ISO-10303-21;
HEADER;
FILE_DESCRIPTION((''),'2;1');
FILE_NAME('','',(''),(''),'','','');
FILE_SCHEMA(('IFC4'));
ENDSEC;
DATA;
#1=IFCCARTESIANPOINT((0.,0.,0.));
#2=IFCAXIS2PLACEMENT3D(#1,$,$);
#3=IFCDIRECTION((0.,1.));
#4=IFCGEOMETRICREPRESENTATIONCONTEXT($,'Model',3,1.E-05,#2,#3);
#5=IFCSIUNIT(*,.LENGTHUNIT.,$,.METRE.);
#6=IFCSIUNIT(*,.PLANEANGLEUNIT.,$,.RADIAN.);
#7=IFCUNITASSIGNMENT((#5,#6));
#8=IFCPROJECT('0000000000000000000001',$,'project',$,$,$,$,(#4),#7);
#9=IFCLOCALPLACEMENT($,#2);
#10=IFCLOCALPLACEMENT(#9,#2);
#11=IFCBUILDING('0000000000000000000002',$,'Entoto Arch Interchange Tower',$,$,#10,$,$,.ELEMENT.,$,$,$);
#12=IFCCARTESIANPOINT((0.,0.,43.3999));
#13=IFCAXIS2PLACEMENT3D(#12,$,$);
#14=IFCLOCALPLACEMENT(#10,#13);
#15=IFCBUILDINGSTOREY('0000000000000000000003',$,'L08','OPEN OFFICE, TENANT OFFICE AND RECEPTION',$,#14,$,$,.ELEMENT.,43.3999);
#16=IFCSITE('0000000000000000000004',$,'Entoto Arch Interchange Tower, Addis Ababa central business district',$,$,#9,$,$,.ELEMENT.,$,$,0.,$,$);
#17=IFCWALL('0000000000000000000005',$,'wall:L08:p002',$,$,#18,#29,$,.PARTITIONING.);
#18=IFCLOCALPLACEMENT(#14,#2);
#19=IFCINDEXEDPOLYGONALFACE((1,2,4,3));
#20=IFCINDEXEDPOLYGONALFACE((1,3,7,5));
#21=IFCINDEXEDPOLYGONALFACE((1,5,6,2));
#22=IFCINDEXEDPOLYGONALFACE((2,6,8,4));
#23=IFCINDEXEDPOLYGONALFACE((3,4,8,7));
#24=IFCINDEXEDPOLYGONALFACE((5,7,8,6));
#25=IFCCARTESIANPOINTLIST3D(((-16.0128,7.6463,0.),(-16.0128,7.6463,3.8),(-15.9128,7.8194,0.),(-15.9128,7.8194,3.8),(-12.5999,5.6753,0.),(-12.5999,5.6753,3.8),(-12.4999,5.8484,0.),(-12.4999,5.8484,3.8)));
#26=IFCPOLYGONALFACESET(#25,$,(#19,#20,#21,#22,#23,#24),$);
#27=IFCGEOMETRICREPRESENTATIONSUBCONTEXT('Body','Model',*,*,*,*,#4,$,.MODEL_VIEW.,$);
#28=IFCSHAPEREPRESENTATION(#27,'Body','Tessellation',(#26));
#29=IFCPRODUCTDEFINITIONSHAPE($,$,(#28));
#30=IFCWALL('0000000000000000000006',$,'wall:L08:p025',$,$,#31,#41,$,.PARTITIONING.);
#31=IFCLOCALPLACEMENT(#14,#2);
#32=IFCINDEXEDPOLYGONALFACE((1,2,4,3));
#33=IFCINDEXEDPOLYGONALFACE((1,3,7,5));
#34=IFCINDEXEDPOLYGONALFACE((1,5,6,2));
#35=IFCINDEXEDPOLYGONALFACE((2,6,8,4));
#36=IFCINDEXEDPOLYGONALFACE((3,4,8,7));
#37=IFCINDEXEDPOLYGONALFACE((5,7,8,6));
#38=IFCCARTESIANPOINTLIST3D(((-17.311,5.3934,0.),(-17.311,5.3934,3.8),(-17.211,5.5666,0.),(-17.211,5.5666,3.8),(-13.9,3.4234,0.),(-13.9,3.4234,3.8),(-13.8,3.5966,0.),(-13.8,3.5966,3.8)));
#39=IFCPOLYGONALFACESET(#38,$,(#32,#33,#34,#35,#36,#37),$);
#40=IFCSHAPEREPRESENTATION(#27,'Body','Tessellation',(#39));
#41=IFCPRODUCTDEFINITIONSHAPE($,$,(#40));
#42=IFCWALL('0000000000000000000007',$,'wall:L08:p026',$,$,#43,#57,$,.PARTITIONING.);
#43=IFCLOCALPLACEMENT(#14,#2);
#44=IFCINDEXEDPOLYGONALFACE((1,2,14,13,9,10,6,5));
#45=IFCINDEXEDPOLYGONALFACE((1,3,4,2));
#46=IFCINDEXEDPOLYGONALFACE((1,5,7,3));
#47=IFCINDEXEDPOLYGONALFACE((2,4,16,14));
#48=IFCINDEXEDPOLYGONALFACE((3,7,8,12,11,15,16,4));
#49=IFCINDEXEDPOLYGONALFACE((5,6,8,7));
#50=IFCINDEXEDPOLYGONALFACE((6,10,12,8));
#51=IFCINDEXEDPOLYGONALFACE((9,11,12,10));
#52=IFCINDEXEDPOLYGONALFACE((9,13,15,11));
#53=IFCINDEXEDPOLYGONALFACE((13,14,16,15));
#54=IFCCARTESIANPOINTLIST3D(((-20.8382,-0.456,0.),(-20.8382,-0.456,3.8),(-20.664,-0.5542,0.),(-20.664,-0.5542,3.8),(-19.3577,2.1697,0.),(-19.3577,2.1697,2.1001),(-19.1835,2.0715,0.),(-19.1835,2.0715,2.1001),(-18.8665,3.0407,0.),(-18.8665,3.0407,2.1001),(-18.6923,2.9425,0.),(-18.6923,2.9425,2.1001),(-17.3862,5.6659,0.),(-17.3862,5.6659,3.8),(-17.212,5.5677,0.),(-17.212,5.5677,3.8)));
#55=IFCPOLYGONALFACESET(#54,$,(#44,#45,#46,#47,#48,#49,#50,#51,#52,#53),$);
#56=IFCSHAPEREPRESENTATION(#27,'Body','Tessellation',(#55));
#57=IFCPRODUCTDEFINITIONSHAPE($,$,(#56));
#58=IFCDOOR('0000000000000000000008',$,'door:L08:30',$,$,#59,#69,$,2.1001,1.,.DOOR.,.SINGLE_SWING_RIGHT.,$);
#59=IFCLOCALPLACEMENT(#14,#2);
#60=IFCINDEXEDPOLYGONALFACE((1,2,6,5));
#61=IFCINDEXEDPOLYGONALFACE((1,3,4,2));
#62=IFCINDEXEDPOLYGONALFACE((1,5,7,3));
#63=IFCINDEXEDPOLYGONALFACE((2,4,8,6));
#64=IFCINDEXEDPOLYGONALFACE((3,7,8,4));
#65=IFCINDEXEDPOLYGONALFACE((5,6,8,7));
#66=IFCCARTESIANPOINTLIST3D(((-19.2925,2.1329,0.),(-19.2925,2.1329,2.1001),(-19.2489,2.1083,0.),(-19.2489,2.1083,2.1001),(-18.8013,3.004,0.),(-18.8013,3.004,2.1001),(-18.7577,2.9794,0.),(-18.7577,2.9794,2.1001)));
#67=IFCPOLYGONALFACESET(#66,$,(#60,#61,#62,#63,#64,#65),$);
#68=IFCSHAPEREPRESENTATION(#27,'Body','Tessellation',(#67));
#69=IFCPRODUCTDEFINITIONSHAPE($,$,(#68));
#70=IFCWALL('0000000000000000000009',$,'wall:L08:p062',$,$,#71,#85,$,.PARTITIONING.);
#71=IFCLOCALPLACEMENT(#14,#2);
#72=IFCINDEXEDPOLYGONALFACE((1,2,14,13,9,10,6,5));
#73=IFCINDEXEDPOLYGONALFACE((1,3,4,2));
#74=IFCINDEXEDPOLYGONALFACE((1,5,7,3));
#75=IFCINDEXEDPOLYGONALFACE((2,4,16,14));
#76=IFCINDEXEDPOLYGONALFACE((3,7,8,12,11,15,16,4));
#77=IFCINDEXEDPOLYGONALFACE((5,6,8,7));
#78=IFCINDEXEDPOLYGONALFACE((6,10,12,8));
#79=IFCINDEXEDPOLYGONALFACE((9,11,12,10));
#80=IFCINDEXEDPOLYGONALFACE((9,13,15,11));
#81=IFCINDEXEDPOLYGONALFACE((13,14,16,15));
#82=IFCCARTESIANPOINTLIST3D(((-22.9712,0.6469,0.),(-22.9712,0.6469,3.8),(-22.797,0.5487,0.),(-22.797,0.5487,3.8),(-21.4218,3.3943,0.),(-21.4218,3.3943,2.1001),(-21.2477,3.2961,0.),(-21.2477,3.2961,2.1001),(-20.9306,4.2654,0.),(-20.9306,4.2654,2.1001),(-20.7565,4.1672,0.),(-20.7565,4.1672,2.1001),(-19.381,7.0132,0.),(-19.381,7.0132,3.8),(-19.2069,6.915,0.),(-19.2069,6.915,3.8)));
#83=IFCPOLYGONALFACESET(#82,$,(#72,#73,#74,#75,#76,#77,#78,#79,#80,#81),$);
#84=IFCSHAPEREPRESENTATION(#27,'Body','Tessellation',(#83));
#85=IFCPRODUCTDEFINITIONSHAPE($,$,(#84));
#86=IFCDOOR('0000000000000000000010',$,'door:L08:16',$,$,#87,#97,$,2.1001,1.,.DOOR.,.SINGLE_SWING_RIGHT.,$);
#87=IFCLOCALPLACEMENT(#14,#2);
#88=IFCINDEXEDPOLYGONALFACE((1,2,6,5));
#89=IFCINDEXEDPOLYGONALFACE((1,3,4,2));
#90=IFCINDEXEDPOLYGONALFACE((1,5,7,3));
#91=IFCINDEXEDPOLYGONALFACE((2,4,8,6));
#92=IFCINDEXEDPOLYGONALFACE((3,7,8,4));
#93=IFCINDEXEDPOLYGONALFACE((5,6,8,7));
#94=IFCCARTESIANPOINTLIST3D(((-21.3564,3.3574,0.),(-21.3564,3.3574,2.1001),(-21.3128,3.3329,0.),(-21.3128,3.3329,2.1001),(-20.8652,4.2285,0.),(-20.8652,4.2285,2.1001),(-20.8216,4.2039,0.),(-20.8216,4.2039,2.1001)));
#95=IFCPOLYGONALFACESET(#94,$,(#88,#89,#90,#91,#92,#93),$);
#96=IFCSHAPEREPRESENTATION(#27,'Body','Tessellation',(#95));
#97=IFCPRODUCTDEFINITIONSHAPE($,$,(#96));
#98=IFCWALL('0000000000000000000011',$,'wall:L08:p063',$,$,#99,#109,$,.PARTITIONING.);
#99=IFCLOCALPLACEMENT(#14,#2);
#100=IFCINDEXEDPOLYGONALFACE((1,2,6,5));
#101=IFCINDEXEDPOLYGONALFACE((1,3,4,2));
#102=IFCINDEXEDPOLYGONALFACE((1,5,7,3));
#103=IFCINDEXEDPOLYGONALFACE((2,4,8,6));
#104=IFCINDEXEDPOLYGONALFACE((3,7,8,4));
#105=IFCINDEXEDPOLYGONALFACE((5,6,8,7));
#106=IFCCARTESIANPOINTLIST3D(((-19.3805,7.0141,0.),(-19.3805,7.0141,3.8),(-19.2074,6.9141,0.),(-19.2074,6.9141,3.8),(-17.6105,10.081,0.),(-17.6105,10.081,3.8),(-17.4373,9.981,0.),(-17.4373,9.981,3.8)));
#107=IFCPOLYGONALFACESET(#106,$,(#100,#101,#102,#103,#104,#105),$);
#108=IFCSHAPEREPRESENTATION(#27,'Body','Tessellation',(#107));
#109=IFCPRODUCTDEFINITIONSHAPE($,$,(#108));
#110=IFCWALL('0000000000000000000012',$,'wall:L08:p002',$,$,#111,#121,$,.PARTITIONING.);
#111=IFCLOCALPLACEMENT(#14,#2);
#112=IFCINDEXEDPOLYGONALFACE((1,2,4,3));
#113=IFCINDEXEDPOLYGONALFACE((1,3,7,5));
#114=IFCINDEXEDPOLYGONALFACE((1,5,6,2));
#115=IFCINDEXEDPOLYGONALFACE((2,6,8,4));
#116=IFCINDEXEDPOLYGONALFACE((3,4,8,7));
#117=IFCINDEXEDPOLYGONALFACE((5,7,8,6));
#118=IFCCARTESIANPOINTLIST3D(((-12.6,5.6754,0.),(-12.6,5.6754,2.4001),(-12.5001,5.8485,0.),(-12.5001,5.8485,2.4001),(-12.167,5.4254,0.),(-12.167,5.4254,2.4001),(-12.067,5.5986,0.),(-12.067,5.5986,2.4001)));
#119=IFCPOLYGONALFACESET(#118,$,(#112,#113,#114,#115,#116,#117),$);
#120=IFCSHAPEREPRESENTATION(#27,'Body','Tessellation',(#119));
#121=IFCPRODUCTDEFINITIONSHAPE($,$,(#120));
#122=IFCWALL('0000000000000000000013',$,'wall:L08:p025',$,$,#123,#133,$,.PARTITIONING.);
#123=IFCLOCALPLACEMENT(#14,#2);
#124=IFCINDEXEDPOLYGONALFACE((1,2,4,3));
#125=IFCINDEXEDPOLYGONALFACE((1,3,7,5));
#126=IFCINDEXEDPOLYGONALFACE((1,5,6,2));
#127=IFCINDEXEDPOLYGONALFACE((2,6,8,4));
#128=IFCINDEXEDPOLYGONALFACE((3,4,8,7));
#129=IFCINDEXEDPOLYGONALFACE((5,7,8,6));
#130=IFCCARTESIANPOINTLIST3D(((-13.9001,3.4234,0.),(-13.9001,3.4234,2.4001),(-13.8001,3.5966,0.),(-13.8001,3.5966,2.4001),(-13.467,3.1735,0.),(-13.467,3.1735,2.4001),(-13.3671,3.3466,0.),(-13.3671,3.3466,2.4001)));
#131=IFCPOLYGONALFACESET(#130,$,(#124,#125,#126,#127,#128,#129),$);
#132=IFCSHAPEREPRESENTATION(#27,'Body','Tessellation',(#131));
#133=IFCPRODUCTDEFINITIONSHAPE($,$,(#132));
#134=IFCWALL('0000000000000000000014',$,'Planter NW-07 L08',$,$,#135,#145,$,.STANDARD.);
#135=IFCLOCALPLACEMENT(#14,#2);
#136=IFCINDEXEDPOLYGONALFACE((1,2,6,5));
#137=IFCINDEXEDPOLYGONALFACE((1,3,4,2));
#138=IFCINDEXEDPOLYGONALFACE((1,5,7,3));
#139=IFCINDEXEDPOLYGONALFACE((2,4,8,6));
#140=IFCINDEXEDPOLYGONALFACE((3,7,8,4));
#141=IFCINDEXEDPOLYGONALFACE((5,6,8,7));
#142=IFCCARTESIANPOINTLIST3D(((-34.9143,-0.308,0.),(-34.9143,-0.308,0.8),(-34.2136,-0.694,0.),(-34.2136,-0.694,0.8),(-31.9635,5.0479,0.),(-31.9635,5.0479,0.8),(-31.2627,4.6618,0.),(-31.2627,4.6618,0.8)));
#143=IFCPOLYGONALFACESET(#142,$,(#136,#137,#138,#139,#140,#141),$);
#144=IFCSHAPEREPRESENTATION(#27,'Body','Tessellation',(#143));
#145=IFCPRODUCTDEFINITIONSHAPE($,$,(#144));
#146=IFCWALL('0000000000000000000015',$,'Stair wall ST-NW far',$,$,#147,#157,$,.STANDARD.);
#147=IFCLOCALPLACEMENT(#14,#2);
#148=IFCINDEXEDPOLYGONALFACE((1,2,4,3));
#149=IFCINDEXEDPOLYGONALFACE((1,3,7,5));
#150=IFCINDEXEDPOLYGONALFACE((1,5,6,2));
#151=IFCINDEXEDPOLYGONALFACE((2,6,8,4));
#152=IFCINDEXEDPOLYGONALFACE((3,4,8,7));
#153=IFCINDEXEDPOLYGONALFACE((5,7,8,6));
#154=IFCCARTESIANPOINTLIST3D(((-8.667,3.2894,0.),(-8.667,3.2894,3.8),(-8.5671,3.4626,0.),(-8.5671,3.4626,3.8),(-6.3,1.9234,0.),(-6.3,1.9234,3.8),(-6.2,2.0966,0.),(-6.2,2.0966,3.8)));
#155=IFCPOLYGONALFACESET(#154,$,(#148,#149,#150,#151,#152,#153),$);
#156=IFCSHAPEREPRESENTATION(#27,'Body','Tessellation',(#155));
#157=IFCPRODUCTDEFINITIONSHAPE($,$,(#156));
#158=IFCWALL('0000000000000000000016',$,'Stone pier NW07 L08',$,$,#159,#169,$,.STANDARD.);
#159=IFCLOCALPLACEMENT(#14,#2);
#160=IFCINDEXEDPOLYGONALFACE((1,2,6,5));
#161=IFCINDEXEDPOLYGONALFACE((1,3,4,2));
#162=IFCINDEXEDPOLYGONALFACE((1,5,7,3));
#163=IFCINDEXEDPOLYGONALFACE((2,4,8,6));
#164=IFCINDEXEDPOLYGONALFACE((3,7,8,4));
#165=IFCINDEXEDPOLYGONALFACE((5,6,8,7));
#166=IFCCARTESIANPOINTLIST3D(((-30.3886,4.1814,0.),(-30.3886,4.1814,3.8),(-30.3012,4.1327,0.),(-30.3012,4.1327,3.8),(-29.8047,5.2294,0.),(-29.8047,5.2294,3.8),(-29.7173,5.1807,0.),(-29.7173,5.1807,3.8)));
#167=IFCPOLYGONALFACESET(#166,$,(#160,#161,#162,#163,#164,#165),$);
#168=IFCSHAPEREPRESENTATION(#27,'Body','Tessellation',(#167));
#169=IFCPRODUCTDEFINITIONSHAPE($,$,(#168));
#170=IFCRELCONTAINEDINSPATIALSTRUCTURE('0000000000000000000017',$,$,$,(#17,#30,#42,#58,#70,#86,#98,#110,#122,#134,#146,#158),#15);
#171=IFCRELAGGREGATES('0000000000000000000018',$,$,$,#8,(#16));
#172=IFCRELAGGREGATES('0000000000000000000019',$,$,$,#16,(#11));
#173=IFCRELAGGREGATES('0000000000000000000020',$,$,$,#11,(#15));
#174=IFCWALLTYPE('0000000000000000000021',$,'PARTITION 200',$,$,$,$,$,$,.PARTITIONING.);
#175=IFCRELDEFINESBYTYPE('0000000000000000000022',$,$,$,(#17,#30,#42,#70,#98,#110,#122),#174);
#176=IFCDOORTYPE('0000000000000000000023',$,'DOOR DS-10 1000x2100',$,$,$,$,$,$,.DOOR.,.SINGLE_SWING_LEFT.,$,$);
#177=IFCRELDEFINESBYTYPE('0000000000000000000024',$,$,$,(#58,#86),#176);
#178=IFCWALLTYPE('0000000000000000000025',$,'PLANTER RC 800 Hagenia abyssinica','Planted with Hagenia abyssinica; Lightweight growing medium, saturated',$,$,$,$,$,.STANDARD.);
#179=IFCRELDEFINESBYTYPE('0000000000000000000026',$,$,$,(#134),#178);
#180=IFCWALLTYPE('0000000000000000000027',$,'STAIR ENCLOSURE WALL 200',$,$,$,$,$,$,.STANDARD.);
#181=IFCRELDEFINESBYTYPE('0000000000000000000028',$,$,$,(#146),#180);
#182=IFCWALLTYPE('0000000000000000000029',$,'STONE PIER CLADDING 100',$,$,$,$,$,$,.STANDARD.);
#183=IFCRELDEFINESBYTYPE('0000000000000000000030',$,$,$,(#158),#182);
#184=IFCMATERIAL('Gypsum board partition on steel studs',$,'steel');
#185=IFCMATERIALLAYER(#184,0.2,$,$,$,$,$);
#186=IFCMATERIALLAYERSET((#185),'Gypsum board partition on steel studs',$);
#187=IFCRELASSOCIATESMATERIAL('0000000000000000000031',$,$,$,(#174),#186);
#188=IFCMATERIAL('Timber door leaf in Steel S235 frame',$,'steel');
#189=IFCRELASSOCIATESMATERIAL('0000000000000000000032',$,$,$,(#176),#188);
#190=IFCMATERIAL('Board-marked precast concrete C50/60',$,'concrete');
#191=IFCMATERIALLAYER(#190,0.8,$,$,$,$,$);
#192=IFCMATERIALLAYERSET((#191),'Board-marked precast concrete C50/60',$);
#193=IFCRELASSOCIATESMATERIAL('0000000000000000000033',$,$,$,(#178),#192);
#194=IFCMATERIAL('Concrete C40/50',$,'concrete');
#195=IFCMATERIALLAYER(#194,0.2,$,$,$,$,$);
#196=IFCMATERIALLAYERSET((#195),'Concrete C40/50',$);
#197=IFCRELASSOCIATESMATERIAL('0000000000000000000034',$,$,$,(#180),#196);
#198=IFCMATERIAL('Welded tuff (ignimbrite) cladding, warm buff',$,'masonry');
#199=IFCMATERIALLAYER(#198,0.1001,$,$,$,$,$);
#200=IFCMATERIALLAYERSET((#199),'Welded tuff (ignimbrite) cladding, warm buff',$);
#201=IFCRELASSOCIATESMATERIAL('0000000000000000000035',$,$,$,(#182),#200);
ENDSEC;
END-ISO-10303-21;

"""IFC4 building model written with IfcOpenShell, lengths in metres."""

from ifc_helpers import new_model, si_unit, direction, frame, frame_2d, origin, place, context, subcontext, project, spatial, rectangle, extrude, material, layer, layer_set, type_object, element, fill, save


model = new_model("IFC4")

# Units and contexts
model_context = context("Model", 3, precision=1e-05, world=origin(), true_north=direction((0.0, 1.0)))
body_context = subcontext(model_context, "Body", "Model", "MODEL_VIEW")
ifc_project = project(units=[si_unit("LENGTHUNIT", "METRE"), si_unit("PLANEANGLEUNIT", "RADIAN")], contexts=[model_context])

# Site, building, storey
site_placement = place(None, origin())
site = spatial("IfcSite", under=ifc_project, at=site_placement, Name="Entoto Arch Interchange Tower, Addis Ababa central business district", CompositionType="ELEMENT", RefElevation=0.0)
building_placement = place(site_placement, origin())
building = spatial("IfcBuilding", under=site, at=building_placement, Name="Entoto Arch Interchange Tower", CompositionType="ELEMENT")
storey_placement = place(building_placement, frame((0.0, 0.0, 43.3999)))
storey = spatial("IfcBuildingStorey", under=building, at=storey_placement, Name="L08", Description="OPEN OFFICE, TENANT OFFICE AND RECEPTION", CompositionType="ELEMENT", Elevation=43.3999)

# Shared definitions
ifc_material_1 = material(Name="Concrete C40/50", Category="concrete")

# Walls
ifc_material_2 = material(Name="Gypsum board partition on steel studs", Category="steel")
ifc_layer_1 = layer(ifc_material_2, 0.2)
ifc_layer_set_1 = layer_set([ifc_layer_1], Name="Gypsum board partition on steel studs")
wall_type_1 = type_object("IfcWallType", Name="PARTITION 200", PredefinedType="PARTITIONING", material=ifc_layer_set_1)
wall_1_placement = place(storey_placement, frame((-15.9629, 7.7329, 0.0), z_axis=(0.0, 0.0, 1.0), x_axis=(0.865966, -0.500103, 0.0)))
element("IfcWall", 1, at=wall_1_placement, inside=storey, type_object=wall_type_1, Name="wall:L08:p002", PredefinedType="PARTITIONING", context=body_context, shape_type="SweptSolid", body=[
    extrude(rectangle(XDim=3.9412, YDim=0.2, at=frame_2d((1.9707, 0.0))), origin(), (0.0, 0.0, 1.0), 3.8),
])
wall_2_placement = place(storey_placement, frame((-17.261, 5.48, 0.0), z_axis=(0.0, 0.0, 1.0), x_axis=(0.865949, -0.500132, 0.0)))
element("IfcWall", 2, at=wall_2_placement, inside=storey, type_object=wall_type_1, Name="wall:L08:p025", PredefinedType="PARTITIONING", context=body_context, shape_type="SweptSolid", body=[
    extrude(rectangle(XDim=3.939, YDim=0.2, at=frame_2d((1.9695, 0.0))), origin(), (0.0, 0.0, 1.0), 3.8),
])

# Walls, openings, doors
wall_3_placement = place(storey_placement, frame((-17.2991, 5.6169, 0.0), z_axis=(0.0, 0.0, 1.0), x_axis=(-0.491166, -0.871066, 0.0)))
wall_3 = element("IfcWall", 3, at=wall_3_placement, inside=storey, type_object=wall_type_1, Name="wall:L08:p026", PredefinedType="PARTITIONING", context=body_context, shape_type="SweptSolid", body=[
    extrude(rectangle(XDim=7.0281, YDim=0.2, at=frame_2d((3.5142, 0.0))), origin(), (0.0, 0.0, 1.0), 3.8),
])
opening_1_placement = place(wall_3_placement, frame((3.0139, 0.0, 0.0)))
opening_1 = element("IfcOpeningElement", 4, at=opening_1_placement, cuts=wall_3, PredefinedType="OPENING", context=body_context, shape_type="SweptSolid", body=[
    extrude(rectangle(XDim=1.0, YDim=2.1001, at=frame_2d((0.5, 1.05))), frame((0.0, 0.1099, 0.0), z_axis=(0.0, -1.0, 0.0), x_axis=(1.0, 0.0, 0.0)), (0.0, 0.0, 1.0), 0.22),
])
ifc_material_3 = material(Name="Timber door leaf in Steel S235 frame", Category="steel")
door_type_1 = type_object("IfcDoorType", Name="DOOR DS-10 1000x2100", OperationType="SINGLE_SWING_LEFT", PredefinedType="DOOR", material=ifc_material_3)
door_1_placement = place(opening_1_placement, origin())
door_1 = element("IfcDoor", 5, at=door_1_placement, inside=storey, type_object=door_type_1, Name="door:L08:30", OperationType="SINGLE_SWING_RIGHT", OverallHeight=2.1001, OverallWidth=1.0, PredefinedType="DOOR", context=body_context, shape_type="SweptSolid", body=[
    extrude(rectangle(XDim=1.0, YDim=2.1001, at=frame_2d((0.5, 1.05))), frame((0.0, 0.0249, 0.0), z_axis=(0.0, -1.0, 0.0), x_axis=(1.0, 0.0, 0.0)), (0.0, 0.0, 1.0), 0.05),
])
fill(opening_1, door_1)
wall_4_placement = place(storey_placement, frame((-22.884, 0.5979, 0.0), z_axis=(0.0, 0.0, 1.0), x_axis=(0.491206, 0.871043, 0.0)))
wall_4 = element("IfcWall", 6, at=wall_4_placement, inside=storey, type_object=wall_type_1, Name="wall:L08:p062", PredefinedType="PARTITIONING", context=body_context, shape_type="SweptSolid", body=[
    extrude(rectangle(XDim=7.3088, YDim=0.2, at=frame_2d((3.6543, 0.0))), origin(), (0.0, 0.0, 1.0), 3.8),
])
opening_2_placement = place(wall_4_placement, frame((3.1541, 0.0, 0.0)))
opening_2 = element("IfcOpeningElement", 7, at=opening_2_placement, cuts=wall_4, PredefinedType="OPENING", context=body_context, shape_type="SweptSolid", body=[
    extrude(rectangle(XDim=1.0, YDim=2.1001, at=frame_2d((0.5, 1.05))), frame((0.0, 0.1099, 0.0), z_axis=(0.0, -1.0, 0.0), x_axis=(1.0, 0.0, 0.0)), (0.0, 0.0, 1.0), 0.22),
])
door_2_placement = place(opening_2_placement, origin())
door_2 = element("IfcDoor", 8, at=door_2_placement, inside=storey, type_object=door_type_1, Name="door:L08:16", OperationType="SINGLE_SWING_RIGHT", OverallHeight=2.1001, OverallWidth=1.0, PredefinedType="DOOR", context=body_context, shape_type="SweptSolid", body=[
    extrude(rectangle(XDim=1.0, YDim=2.1001, at=frame_2d((0.5, 1.05))), frame((0.0, 0.0249, 0.0), z_axis=(0.0, -1.0, 0.0), x_axis=(1.0, 0.0, 0.0)), (0.0, 0.0, 1.0), 0.05),
])
fill(opening_2, door_2)

# Walls
wall_5_placement = place(storey_placement, frame((-19.2939, 6.9641, 0.0), z_axis=(0.0, 0.0, 1.0), x_axis=(0.499862, 0.866105, 0.0)))
element("IfcWall", 9, at=wall_5_placement, inside=storey, type_object=wall_type_1, Name="wall:L08:p063", PredefinedType="PARTITIONING", context=body_context, shape_type="SweptSolid", body=[
    extrude(rectangle(XDim=3.541, YDim=0.2, at=frame_2d((1.7705, 0.0))), origin(), (0.0, 0.0, 1.0), 3.8),
])
for number, where, z_axis, x_axis, name in (
    (10, (-12.55, 5.762, 0.0), (0.0, 0.0, 1.0), (0.866072, -0.49992, 0.0), "wall:L08:p002"),
    (11, (-13.8501, 3.51, 0.0), (0.0, 0.0, 1.0), (0.866072, -0.49992, 0.0), "wall:L08:p025"),
):
    element("IfcWall", number, at=place(storey_placement, frame(where, z_axis=z_axis, x_axis=x_axis)), inside=storey, type_object=wall_type_1, Name=name, PredefinedType="PARTITIONING", context=body_context, shape_type="SweptSolid", body=[
        extrude(rectangle(XDim=0.5, YDim=0.2, at=frame_2d((0.25, 0.0))), origin(), (0.0, 0.0, 1.0), 2.4001),
    ])
ifc_material_4 = material(Name="Board-marked precast concrete C50/60", Category="concrete")
ifc_layer_2 = layer(ifc_material_4, 0.8)
ifc_layer_set_2 = layer_set([ifc_layer_2], Name="Board-marked precast concrete C50/60")
wall_type_2 = type_object("IfcWallType", Name="PLANTER RC 800 Hagenia abyssinica", Description="Planted with Hagenia abyssinica; Lightweight growing medium, saturated", PredefinedType="STANDARD", material=ifc_layer_set_2)
wall_6_placement = place(storey_placement, frame((-31.613, 4.855, 0.0), z_axis=(0.0, 0.0, 1.0), x_axis=(-0.482565, -0.87586, 0.0)))
element("IfcWall", 12, at=wall_6_placement, inside=storey, type_object=wall_type_2, Name="Planter NW-07 L08", PredefinedType="STANDARD", context=body_context, shape_type="SweptSolid", body=[
    extrude(rectangle(XDim=6.115, YDim=0.8, at=frame_2d((3.0576, 0.0))), origin(), (0.0, 0.0, 1.0), 0.8),
])
ifc_layer_3 = layer(ifc_material_1, 0.2)
ifc_layer_set_3 = layer_set([ifc_layer_3], Name="Concrete C40/50")
wall_type_3 = type_object("IfcWallType", Name="STAIR ENCLOSURE WALL 200", PredefinedType="STANDARD", material=ifc_layer_set_3)
wall_7_placement = place(storey_placement, frame((-6.25, 2.01, 0.0), z_axis=(0.0, 0.0, 1.0), x_axis=(-0.866119, 0.499838, 0.0)))
element("IfcWall", 13, at=wall_7_placement, inside=storey, type_object=wall_type_3, Name="Stair wall ST-NW far", PredefinedType="STANDARD", context=body_context, shape_type="SweptSolid", body=[
    extrude(rectangle(XDim=2.7329, YDim=0.2, at=frame_2d((1.3665, 0.0))), origin(), (0.0, 0.0, 1.0), 3.8),
])

# Shared definitions
ifc_material_5 = material(Name="Welded tuff (ignimbrite) cladding, warm buff", Category="masonry")

# Wall
ifc_layer_4 = layer(ifc_material_5, 0.1001)
ifc_layer_set_4 = layer_set([ifc_layer_4], Name="Welded tuff (ignimbrite) cladding, warm buff")
wall_type_4 = type_object("IfcWallType", Name="STONE PIER CLADDING 100", PredefinedType="STANDARD", material=ifc_layer_set_4)
wall_8_placement = place(storey_placement, frame((-29.761, 5.2051, 0.0), z_axis=(0.0, 0.0, 1.0), x_axis=(-0.486731, -0.873552, 0.0)))
element("IfcWall", 14, at=wall_8_placement, inside=storey, type_object=wall_type_4, Name="Stone pier NW07 L08", PredefinedType="STANDARD", context=body_context, shape_type="SweptSolid", body=[
    extrude(rectangle(XDim=1.1997, YDim=0.1001, at=frame_2d((0.5999, 0.0))), origin(), (0.0, 0.0, 1.0), 3.8),
])

save(model, "model.ifc")
